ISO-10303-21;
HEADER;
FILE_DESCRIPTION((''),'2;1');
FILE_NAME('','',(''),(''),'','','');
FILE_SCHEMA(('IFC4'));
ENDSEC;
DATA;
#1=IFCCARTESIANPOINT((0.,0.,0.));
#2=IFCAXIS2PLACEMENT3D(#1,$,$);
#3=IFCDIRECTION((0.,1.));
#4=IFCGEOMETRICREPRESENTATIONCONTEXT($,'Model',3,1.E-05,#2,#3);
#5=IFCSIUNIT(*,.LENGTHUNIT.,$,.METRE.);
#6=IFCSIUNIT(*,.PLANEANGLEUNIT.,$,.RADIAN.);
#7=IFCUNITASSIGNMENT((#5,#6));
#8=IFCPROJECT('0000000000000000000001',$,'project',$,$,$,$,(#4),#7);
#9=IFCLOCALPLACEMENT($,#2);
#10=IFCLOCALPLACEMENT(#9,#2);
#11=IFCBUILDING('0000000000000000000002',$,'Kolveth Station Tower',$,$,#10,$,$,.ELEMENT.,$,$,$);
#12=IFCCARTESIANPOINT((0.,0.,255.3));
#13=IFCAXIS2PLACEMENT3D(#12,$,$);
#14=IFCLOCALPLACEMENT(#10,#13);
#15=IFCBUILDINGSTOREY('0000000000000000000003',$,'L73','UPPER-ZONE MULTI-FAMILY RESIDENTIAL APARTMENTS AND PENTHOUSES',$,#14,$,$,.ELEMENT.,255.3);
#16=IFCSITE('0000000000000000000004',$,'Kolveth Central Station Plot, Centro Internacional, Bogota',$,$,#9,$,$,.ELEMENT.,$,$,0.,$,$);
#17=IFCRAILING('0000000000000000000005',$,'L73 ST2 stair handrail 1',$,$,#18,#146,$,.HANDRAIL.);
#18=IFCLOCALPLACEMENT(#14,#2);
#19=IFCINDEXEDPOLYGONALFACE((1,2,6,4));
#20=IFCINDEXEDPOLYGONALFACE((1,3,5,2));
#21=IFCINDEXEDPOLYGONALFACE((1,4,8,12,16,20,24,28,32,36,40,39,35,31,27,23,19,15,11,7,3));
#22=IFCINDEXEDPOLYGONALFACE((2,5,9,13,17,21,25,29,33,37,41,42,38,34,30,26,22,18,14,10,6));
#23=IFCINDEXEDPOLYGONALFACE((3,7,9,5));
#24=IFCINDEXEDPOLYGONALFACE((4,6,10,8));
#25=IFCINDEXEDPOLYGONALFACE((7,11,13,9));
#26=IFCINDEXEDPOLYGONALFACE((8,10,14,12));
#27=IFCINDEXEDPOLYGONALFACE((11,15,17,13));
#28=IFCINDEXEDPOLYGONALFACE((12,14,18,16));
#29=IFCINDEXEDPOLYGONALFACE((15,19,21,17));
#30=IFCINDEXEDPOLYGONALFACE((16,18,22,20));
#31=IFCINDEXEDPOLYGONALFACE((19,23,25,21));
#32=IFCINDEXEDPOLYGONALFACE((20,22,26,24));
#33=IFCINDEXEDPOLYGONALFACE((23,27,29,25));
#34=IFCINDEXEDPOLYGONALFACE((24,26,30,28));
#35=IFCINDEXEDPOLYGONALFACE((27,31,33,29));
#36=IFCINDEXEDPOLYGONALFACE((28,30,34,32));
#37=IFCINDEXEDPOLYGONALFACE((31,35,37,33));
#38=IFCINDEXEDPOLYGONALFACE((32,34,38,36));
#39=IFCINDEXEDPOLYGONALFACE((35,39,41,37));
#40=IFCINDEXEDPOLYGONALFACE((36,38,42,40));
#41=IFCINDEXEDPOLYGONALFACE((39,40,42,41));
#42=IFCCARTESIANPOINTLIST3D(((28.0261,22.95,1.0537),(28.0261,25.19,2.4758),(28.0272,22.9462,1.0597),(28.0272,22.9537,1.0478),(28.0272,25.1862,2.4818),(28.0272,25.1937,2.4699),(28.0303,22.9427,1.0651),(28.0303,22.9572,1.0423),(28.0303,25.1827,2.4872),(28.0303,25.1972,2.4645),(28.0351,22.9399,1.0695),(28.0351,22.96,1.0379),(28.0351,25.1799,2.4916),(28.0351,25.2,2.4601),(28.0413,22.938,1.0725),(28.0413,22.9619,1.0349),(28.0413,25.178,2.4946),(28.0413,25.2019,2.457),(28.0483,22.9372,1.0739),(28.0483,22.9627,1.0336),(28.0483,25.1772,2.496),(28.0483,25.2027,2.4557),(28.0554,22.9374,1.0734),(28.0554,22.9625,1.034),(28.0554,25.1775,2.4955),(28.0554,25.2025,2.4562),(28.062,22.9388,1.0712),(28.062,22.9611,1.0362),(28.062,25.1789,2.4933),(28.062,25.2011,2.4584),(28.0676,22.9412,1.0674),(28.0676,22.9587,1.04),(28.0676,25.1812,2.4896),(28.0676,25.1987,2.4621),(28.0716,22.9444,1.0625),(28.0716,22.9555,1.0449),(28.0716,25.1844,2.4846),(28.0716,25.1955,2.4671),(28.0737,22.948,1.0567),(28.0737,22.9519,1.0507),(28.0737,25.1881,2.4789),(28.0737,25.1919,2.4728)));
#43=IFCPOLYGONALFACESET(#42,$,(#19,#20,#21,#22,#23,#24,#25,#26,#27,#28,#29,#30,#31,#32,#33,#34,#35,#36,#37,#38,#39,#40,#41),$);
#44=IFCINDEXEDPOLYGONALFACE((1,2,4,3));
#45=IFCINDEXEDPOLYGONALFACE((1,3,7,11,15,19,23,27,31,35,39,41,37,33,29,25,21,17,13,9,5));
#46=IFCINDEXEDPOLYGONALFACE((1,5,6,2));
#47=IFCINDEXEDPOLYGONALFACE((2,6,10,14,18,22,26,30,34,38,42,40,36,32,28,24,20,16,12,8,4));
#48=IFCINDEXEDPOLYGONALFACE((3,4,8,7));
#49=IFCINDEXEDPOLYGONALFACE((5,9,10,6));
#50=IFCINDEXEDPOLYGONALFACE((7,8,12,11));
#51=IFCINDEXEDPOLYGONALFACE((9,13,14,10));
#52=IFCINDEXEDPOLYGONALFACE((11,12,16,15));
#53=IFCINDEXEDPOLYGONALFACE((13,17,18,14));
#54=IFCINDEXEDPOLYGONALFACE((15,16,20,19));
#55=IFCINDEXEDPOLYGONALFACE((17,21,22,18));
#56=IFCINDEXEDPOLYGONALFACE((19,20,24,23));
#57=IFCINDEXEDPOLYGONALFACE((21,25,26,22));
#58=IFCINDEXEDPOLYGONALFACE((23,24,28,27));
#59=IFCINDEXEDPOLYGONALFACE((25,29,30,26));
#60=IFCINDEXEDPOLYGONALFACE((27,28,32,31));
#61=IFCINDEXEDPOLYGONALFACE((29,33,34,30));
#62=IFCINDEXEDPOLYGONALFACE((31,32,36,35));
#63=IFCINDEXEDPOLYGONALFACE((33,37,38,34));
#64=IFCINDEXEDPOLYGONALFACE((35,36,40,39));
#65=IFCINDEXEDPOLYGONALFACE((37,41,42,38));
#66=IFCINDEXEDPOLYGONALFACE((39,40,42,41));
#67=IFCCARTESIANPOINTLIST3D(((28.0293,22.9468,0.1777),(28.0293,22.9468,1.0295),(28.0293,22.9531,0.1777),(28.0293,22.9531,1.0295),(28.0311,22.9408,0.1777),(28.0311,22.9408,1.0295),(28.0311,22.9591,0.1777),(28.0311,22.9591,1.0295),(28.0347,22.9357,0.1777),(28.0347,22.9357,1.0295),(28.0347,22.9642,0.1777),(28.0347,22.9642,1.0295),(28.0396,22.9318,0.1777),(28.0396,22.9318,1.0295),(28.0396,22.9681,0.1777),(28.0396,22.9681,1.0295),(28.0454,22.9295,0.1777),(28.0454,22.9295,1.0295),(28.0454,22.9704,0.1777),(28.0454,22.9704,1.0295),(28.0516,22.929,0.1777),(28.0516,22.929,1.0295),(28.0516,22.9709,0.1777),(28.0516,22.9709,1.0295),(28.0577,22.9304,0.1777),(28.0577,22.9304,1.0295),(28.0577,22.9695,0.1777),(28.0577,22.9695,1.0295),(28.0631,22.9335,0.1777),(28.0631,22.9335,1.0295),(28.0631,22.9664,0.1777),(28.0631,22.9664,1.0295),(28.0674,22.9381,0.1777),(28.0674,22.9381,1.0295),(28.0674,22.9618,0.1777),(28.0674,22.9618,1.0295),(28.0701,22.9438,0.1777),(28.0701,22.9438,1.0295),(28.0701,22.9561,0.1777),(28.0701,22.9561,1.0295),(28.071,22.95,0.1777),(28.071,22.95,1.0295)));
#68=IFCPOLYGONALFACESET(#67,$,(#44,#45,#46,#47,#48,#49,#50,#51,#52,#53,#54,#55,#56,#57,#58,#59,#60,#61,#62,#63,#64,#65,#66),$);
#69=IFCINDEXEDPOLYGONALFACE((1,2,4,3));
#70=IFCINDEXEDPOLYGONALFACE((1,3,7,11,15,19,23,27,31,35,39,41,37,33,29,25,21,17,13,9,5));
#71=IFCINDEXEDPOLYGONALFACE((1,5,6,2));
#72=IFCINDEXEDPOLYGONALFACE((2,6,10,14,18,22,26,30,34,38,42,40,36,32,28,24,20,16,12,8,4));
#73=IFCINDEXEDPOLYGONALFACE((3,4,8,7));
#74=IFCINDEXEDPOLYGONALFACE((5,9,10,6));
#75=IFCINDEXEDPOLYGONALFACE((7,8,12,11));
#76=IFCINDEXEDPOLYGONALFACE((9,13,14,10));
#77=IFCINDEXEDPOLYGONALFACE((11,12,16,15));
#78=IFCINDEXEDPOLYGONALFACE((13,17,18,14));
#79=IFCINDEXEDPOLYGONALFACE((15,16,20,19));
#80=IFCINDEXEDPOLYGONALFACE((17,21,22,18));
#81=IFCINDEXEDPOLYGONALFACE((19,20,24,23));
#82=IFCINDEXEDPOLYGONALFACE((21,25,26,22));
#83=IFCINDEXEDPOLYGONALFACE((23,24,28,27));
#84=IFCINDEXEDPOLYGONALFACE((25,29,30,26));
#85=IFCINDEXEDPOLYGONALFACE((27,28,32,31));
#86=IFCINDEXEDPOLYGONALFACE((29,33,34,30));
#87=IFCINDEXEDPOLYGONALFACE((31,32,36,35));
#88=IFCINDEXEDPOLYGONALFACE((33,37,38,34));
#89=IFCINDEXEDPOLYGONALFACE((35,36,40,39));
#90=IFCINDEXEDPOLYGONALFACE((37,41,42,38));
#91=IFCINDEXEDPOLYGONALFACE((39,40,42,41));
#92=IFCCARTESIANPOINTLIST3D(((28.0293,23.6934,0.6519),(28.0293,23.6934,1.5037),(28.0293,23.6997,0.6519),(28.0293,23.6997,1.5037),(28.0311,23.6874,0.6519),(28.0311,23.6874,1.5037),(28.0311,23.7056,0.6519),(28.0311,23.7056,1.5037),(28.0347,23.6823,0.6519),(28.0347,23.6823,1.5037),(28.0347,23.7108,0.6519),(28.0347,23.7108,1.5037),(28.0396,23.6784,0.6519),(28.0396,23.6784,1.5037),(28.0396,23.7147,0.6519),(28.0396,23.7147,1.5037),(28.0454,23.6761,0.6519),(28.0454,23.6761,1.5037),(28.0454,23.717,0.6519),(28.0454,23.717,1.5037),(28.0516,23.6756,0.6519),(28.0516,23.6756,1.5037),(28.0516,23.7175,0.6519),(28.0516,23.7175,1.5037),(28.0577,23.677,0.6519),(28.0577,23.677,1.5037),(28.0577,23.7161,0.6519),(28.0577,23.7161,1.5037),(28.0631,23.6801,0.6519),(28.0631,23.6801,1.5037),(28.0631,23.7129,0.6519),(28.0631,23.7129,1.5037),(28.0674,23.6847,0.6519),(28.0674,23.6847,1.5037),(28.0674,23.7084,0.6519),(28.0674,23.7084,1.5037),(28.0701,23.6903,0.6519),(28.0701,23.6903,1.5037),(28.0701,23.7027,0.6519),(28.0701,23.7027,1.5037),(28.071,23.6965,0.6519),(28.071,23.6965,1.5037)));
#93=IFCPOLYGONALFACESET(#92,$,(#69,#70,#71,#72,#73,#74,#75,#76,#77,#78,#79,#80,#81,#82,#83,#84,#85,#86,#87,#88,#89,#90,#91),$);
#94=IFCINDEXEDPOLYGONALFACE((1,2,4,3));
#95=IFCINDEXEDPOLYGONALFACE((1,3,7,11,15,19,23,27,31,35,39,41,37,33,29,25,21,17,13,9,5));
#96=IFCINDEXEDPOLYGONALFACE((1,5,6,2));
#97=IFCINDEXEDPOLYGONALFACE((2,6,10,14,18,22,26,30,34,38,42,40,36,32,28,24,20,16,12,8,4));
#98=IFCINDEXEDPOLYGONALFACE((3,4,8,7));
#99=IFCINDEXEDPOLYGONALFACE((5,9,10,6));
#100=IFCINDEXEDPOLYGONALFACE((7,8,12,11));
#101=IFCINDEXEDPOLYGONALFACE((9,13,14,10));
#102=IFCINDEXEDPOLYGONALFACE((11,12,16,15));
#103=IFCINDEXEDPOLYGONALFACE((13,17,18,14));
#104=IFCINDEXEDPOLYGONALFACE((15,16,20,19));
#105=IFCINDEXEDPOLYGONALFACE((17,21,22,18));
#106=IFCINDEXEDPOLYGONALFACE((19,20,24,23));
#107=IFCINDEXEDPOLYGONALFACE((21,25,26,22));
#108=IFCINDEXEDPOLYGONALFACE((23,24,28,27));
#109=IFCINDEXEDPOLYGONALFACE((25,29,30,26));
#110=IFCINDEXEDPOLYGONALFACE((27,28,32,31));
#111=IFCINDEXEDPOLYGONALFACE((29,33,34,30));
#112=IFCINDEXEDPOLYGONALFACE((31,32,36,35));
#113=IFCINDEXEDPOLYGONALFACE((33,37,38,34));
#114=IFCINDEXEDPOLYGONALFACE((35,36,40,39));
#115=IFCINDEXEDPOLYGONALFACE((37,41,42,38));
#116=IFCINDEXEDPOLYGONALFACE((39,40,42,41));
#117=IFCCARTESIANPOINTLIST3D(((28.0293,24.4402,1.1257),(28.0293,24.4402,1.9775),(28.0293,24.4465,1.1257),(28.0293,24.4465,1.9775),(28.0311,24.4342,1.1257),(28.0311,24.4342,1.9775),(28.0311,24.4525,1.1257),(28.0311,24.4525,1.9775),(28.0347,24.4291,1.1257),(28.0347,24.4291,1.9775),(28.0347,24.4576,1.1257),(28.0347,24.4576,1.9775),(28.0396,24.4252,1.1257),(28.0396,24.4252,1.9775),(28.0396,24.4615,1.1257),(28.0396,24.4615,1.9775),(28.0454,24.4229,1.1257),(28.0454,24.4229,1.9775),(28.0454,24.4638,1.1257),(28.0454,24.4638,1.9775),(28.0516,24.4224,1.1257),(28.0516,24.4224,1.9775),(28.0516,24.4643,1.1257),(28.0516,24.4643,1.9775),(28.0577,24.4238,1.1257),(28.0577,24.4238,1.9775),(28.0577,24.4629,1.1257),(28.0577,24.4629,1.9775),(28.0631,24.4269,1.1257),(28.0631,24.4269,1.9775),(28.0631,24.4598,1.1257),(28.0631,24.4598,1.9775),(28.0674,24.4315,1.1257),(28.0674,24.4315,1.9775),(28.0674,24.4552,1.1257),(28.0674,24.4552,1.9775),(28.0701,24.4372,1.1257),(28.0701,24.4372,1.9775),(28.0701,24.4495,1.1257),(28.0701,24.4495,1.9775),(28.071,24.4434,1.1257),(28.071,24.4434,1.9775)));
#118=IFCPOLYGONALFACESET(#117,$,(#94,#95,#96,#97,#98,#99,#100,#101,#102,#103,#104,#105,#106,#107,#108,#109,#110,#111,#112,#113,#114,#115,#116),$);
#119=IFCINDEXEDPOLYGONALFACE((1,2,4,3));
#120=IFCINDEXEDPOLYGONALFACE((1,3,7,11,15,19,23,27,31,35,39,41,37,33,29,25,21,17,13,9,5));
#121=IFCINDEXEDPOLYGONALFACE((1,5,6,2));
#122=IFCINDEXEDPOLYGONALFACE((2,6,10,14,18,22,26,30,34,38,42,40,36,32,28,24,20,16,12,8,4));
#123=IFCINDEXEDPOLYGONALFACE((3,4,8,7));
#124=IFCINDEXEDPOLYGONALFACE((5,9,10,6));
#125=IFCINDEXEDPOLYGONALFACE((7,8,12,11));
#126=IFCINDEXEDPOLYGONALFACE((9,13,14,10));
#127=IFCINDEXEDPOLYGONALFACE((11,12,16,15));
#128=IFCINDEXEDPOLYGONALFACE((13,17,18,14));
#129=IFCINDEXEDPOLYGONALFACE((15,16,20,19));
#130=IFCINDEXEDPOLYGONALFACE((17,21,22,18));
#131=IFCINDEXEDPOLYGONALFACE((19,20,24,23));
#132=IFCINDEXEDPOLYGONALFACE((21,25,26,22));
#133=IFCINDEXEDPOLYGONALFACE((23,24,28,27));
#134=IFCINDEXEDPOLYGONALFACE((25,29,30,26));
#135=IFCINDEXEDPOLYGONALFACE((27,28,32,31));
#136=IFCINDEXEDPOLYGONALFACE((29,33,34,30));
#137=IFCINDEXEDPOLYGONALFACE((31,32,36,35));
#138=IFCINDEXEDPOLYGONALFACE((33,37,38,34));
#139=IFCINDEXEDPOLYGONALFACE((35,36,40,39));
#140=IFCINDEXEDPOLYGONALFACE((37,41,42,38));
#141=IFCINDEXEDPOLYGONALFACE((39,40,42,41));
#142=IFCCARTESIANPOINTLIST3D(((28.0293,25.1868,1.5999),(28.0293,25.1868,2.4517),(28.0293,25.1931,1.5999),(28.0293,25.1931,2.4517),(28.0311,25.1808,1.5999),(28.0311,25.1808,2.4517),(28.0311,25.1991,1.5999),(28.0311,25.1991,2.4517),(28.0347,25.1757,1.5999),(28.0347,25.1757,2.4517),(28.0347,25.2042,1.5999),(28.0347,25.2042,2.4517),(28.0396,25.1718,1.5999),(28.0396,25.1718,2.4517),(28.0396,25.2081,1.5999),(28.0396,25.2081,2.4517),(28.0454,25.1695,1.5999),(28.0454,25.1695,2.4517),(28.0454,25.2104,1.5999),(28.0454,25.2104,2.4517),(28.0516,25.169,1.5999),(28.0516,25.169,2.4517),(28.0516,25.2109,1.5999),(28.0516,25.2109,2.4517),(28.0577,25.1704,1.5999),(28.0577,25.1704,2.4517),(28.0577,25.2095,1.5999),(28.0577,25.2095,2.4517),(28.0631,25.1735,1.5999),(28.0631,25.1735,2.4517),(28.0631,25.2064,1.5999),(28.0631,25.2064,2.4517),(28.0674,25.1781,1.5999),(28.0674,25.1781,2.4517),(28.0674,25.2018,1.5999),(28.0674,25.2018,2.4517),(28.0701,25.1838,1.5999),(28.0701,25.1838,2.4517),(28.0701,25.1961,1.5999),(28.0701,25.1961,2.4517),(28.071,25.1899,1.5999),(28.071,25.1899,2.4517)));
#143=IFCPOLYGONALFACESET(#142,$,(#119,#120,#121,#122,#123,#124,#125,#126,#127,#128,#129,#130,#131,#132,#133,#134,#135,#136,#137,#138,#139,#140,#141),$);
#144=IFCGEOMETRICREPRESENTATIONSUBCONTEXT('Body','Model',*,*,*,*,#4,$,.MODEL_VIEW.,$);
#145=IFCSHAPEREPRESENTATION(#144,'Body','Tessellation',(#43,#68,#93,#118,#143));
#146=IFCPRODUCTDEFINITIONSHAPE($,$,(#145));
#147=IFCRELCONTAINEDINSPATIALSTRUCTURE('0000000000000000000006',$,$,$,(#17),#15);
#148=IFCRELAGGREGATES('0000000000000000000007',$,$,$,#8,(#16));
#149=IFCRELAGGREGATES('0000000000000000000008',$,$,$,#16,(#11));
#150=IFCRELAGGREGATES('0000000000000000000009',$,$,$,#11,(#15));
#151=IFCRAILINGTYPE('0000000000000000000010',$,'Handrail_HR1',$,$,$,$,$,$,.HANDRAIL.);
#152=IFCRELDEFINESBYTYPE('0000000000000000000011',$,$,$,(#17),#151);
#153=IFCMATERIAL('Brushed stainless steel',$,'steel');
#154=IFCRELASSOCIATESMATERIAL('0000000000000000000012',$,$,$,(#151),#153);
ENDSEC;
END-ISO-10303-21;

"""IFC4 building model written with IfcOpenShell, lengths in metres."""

from ifc_helpers import new_model, si_unit, direction, frame, origin, origin_2d, place, context, subcontext, project, spatial, circle, extrude, material, type_object, element, save


model = new_model("IFC4")

# Units and contexts
model_context = context("Model", 3, precision=1e-05, world=origin(), true_north=direction((0.0, 1.0)))
body_context = subcontext(model_context, "Body", "Model", "MODEL_VIEW")
ifc_project = project(units=[si_unit("LENGTHUNIT", "METRE"), si_unit("PLANEANGLEUNIT", "RADIAN")], contexts=[model_context])

# Site, building, storey
site_placement = place(None, origin())
site = spatial("IfcSite", under=ifc_project, at=site_placement, Name="Kolveth Central Station Plot, Centro Internacional, Bogota", CompositionType="ELEMENT", RefElevation=0.0)
building_placement = place(site_placement, origin())
building = spatial("IfcBuilding", under=site, at=building_placement, Name="Kolveth Station Tower", CompositionType="ELEMENT")
storey_placement = place(building_placement, frame((0.0, 0.0, 255.3)))
storey = spatial("IfcBuildingStorey", under=building, at=storey_placement, Name="L73", Description="UPPER-ZONE MULTI-FAMILY RESIDENTIAL APARTMENTS AND PENTHOUSES", CompositionType="ELEMENT", Elevation=255.3)

# Railing
ifc_material_1 = material(Name="Brushed stainless steel", Category="steel")
railing_type_1 = type_object("IfcRailingType", Name="Handrail_HR1", PredefinedType="HANDRAIL", material=ifc_material_1)
railing_1_placement = place(storey_placement, frame((28.05, 22.95, 0.1777)))
element("IfcRailing", 1, at=railing_1_placement, inside=storey, type_object=railing_type_1, Name="L73 ST2 stair handrail 1", PredefinedType="HANDRAIL", context=body_context, shape_type="SweptSolid", body=[
    extrude(circle(Radius=0.0239, at=origin_2d()), frame((0.0, 0.0, 0.876), z_axis=(0.0, 0.844229, 0.535982), x_axis=(-1.0, 0.0, 0.0)), (0.0, 0.0, 1.0), 2.6533),
    extrude(circle(Radius=0.021, at=origin_2d()), origin(), (0.0, 0.0, 1.0), 0.8518),
    extrude(circle(Radius=0.021, at=origin_2d()), frame((0.0, 0.7466, 0.4741)), (0.0, 0.0, 1.0), 0.8518),
    extrude(circle(Radius=0.021, at=origin_2d()), frame((0.0, 1.4934, 0.948)), (0.0, 0.0, 1.0), 0.8518),
    extrude(circle(Radius=0.021, at=origin_2d()), frame((0.0, 2.24, 1.4221)), (0.0, 0.0, 1.0), 0.8518),
])

save(model, "model.ifc")
